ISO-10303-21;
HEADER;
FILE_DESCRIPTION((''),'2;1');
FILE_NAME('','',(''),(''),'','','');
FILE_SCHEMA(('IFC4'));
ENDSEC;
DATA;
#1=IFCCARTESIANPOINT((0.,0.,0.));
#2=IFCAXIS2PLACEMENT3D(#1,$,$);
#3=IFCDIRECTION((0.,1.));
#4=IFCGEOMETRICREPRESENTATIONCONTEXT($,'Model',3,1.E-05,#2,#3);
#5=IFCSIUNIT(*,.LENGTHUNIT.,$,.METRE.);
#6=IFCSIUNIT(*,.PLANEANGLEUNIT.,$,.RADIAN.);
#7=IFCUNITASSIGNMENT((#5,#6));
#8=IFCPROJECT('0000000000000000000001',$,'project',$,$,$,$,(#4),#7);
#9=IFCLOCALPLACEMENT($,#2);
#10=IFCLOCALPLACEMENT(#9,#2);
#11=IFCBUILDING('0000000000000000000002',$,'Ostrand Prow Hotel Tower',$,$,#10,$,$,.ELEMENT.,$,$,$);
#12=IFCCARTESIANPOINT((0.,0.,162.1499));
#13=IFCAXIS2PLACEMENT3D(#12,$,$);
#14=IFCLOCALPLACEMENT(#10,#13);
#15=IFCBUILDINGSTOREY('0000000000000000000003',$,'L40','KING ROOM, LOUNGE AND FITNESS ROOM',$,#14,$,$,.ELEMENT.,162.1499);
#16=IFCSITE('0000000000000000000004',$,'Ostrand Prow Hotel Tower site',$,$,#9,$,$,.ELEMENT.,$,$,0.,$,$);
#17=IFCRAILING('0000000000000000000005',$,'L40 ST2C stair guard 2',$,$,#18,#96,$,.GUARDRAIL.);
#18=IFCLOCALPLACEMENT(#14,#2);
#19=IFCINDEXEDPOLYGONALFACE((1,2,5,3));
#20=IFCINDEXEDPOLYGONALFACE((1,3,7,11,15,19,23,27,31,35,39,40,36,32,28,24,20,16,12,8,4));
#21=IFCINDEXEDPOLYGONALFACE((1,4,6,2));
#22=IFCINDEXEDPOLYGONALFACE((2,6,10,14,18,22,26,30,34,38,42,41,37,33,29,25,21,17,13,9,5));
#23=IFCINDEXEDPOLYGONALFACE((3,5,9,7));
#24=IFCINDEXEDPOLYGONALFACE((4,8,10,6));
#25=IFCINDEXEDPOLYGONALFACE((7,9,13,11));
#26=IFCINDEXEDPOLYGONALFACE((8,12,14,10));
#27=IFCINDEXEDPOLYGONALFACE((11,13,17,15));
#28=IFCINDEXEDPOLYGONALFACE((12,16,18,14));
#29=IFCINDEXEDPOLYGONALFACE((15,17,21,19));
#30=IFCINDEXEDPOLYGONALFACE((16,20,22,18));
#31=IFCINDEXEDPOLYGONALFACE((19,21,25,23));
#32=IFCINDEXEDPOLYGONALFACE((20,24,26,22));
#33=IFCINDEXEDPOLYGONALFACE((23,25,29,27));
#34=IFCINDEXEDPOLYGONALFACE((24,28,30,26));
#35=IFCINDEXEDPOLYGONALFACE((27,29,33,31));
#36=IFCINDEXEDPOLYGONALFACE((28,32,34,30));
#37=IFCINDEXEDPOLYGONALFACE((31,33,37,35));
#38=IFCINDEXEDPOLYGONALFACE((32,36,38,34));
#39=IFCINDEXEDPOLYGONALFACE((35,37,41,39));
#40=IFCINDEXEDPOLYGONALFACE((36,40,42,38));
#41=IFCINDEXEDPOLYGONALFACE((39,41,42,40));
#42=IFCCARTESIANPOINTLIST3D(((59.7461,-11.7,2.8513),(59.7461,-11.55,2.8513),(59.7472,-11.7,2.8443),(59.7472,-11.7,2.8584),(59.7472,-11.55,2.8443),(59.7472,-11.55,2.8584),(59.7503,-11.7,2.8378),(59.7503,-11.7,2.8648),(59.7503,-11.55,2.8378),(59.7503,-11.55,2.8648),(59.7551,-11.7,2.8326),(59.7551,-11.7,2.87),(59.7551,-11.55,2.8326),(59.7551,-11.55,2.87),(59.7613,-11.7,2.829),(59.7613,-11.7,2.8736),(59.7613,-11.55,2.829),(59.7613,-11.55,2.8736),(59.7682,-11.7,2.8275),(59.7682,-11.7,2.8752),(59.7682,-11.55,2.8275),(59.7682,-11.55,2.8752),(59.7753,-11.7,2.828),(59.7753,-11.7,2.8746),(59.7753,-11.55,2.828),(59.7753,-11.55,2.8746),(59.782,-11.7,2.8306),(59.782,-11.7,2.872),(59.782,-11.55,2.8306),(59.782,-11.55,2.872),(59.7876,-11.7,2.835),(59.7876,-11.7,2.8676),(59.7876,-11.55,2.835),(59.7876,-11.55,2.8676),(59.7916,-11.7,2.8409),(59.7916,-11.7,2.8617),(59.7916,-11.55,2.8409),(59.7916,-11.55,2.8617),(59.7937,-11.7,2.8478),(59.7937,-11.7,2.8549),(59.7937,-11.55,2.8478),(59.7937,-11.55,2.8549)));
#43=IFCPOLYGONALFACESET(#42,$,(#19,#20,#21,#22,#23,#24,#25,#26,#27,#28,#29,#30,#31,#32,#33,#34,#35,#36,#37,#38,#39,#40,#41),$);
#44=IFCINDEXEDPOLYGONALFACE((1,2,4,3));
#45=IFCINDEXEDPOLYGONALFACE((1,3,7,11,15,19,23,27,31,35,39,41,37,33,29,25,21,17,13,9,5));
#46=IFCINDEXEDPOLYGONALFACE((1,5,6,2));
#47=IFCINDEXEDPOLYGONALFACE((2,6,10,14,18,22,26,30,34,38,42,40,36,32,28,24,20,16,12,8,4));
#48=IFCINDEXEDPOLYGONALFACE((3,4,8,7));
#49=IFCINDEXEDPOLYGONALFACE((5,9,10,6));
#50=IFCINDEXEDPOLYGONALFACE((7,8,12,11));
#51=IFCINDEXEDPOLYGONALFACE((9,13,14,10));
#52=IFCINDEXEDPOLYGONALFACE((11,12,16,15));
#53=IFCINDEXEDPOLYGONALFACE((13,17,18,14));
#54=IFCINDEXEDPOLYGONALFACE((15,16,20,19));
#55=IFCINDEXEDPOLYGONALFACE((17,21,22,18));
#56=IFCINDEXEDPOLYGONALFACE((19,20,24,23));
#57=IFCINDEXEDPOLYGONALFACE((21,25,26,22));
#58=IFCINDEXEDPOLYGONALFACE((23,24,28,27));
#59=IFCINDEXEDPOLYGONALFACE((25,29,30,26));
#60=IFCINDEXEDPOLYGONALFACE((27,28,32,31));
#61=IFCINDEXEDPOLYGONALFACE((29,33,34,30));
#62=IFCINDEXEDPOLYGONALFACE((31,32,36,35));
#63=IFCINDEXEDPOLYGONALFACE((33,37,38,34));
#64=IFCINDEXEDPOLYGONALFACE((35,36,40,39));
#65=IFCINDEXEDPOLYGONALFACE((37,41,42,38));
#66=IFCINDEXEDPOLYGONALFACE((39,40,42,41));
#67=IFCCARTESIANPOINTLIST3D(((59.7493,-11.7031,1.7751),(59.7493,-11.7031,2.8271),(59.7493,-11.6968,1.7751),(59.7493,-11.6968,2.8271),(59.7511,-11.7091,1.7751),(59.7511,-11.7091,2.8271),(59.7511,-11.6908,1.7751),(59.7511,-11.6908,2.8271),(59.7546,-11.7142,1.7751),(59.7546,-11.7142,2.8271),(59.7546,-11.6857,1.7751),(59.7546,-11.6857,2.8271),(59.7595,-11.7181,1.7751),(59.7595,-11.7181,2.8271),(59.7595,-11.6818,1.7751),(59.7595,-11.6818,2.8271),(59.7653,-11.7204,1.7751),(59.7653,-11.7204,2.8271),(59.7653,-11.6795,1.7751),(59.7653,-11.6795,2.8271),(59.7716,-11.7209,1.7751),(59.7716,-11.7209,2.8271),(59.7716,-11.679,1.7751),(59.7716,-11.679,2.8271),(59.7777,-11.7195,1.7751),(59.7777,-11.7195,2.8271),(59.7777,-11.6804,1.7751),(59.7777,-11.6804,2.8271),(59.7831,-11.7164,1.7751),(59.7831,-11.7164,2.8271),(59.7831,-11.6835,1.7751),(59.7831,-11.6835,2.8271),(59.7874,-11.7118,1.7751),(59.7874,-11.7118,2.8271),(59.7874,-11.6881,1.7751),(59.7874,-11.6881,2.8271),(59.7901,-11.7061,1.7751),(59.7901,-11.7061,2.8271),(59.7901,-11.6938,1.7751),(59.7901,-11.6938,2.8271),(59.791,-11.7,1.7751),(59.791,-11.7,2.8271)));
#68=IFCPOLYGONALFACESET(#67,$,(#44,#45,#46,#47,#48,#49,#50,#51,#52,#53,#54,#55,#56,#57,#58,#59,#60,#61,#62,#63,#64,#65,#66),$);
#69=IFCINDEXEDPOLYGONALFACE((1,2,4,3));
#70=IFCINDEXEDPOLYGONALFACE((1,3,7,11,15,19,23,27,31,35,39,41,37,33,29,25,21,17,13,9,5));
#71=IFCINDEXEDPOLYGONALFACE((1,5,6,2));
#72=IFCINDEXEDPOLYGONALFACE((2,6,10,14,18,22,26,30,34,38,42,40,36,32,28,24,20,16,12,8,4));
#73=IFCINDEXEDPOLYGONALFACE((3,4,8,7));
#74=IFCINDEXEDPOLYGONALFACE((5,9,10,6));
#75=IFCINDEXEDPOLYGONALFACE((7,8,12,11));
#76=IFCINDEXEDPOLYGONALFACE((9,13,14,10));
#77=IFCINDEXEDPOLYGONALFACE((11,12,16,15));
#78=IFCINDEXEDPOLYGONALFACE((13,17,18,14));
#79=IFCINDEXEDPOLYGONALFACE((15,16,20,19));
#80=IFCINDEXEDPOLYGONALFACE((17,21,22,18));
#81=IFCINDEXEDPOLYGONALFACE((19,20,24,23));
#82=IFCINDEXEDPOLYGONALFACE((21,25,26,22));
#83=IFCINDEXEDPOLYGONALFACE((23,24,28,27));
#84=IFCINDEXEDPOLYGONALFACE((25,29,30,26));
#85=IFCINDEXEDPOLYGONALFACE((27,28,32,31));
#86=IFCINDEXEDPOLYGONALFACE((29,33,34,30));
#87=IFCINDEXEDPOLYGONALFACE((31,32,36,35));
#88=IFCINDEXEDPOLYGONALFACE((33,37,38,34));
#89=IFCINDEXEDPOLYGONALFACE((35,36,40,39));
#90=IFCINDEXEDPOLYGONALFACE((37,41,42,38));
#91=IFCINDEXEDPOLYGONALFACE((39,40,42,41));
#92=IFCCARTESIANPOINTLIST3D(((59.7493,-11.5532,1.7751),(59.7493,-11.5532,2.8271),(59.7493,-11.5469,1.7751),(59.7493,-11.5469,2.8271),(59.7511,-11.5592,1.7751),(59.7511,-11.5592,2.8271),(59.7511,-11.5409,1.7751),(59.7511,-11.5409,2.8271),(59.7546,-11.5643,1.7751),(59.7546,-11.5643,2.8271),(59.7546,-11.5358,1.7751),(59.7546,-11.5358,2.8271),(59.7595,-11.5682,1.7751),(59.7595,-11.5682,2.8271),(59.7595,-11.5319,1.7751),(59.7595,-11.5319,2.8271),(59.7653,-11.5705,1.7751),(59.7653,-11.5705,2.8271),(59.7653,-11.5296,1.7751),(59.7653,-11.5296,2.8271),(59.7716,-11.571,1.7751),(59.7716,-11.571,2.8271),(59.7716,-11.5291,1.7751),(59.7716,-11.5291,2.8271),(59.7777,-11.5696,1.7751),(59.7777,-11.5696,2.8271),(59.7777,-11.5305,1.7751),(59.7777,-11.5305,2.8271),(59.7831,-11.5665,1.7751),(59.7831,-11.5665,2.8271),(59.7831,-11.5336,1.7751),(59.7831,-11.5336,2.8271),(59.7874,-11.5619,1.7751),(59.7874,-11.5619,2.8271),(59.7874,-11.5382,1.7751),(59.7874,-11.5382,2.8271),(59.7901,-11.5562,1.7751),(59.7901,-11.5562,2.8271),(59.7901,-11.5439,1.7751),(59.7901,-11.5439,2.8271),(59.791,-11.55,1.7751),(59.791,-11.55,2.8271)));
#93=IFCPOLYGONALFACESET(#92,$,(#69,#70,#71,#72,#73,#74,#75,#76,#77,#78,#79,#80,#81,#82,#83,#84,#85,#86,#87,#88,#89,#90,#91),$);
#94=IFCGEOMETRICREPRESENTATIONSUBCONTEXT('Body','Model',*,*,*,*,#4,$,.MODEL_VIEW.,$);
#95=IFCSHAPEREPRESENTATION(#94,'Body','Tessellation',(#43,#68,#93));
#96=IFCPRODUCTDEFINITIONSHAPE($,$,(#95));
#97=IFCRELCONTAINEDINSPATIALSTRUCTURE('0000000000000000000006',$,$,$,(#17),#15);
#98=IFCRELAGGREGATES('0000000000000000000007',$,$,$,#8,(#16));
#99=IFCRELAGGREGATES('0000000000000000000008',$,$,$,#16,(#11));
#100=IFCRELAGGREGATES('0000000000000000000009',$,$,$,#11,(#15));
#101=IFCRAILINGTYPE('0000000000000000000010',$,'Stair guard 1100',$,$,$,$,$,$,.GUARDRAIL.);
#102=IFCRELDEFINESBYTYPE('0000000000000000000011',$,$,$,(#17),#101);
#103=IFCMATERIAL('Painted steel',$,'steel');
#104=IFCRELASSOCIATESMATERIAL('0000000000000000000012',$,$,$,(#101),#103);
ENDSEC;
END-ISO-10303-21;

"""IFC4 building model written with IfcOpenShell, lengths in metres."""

from ifc_helpers import new_model, si_unit, direction, frame, origin, origin_2d, place, context, subcontext, project, spatial, circle, extrude, material, type_object, element, save


model = new_model("IFC4")

# Units and contexts
model_context = context("Model", 3, precision=1e-05, world=origin(), true_north=direction((0.0, 1.0)))
body_context = subcontext(model_context, "Body", "Model", "MODEL_VIEW")
ifc_project = project(units=[si_unit("LENGTHUNIT", "METRE"), si_unit("PLANEANGLEUNIT", "RADIAN")], contexts=[model_context])

# Site, building, storey
site_placement = place(None, origin())
site = spatial("IfcSite", under=ifc_project, at=site_placement, Name="Ostrand Prow Hotel Tower site", CompositionType="ELEMENT", RefElevation=0.0)
building_placement = place(site_placement, origin())
building = spatial("IfcBuilding", under=site, at=building_placement, Name="Ostrand Prow Hotel Tower", CompositionType="ELEMENT")
storey_placement = place(building_placement, frame((0.0, 0.0, 162.1499)))
storey = spatial("IfcBuildingStorey", under=building, at=storey_placement, Name="L40", Description="KING ROOM, LOUNGE AND FITNESS ROOM", CompositionType="ELEMENT", Elevation=162.1499)

# Railing
ifc_material_1 = material(Name="Painted steel", Category="steel")
railing_type_1 = type_object("IfcRailingType", Name="Stair guard 1100", PredefinedType="GUARDRAIL", material=ifc_material_1)
railing_1_placement = place(storey_placement, frame((59.77, -11.7, 1.7751)))
element("IfcRailing", 1, at=railing_1_placement, inside=storey, type_object=railing_type_1, Name="L40 ST2C stair guard 2", PredefinedType="GUARDRAIL", context=body_context, shape_type="SweptSolid", body=[
    extrude(circle(Radius=0.0239, at=origin_2d()), frame((0.0, 0.0, 1.0762), z_axis=(0.0, 1.0, 0.0), x_axis=(-1.0, 0.0, 0.0)), (0.0, 0.0, 1.0), 0.1499),
    extrude(circle(Radius=0.021, at=origin_2d()), origin(), (0.0, 0.0, 1.0), 1.052),
    extrude(circle(Radius=0.021, at=origin_2d()), frame((0.0, 0.1499, 0.0)), (0.0, 0.0, 1.0), 1.052),
])

save(model, "model.ifc")
